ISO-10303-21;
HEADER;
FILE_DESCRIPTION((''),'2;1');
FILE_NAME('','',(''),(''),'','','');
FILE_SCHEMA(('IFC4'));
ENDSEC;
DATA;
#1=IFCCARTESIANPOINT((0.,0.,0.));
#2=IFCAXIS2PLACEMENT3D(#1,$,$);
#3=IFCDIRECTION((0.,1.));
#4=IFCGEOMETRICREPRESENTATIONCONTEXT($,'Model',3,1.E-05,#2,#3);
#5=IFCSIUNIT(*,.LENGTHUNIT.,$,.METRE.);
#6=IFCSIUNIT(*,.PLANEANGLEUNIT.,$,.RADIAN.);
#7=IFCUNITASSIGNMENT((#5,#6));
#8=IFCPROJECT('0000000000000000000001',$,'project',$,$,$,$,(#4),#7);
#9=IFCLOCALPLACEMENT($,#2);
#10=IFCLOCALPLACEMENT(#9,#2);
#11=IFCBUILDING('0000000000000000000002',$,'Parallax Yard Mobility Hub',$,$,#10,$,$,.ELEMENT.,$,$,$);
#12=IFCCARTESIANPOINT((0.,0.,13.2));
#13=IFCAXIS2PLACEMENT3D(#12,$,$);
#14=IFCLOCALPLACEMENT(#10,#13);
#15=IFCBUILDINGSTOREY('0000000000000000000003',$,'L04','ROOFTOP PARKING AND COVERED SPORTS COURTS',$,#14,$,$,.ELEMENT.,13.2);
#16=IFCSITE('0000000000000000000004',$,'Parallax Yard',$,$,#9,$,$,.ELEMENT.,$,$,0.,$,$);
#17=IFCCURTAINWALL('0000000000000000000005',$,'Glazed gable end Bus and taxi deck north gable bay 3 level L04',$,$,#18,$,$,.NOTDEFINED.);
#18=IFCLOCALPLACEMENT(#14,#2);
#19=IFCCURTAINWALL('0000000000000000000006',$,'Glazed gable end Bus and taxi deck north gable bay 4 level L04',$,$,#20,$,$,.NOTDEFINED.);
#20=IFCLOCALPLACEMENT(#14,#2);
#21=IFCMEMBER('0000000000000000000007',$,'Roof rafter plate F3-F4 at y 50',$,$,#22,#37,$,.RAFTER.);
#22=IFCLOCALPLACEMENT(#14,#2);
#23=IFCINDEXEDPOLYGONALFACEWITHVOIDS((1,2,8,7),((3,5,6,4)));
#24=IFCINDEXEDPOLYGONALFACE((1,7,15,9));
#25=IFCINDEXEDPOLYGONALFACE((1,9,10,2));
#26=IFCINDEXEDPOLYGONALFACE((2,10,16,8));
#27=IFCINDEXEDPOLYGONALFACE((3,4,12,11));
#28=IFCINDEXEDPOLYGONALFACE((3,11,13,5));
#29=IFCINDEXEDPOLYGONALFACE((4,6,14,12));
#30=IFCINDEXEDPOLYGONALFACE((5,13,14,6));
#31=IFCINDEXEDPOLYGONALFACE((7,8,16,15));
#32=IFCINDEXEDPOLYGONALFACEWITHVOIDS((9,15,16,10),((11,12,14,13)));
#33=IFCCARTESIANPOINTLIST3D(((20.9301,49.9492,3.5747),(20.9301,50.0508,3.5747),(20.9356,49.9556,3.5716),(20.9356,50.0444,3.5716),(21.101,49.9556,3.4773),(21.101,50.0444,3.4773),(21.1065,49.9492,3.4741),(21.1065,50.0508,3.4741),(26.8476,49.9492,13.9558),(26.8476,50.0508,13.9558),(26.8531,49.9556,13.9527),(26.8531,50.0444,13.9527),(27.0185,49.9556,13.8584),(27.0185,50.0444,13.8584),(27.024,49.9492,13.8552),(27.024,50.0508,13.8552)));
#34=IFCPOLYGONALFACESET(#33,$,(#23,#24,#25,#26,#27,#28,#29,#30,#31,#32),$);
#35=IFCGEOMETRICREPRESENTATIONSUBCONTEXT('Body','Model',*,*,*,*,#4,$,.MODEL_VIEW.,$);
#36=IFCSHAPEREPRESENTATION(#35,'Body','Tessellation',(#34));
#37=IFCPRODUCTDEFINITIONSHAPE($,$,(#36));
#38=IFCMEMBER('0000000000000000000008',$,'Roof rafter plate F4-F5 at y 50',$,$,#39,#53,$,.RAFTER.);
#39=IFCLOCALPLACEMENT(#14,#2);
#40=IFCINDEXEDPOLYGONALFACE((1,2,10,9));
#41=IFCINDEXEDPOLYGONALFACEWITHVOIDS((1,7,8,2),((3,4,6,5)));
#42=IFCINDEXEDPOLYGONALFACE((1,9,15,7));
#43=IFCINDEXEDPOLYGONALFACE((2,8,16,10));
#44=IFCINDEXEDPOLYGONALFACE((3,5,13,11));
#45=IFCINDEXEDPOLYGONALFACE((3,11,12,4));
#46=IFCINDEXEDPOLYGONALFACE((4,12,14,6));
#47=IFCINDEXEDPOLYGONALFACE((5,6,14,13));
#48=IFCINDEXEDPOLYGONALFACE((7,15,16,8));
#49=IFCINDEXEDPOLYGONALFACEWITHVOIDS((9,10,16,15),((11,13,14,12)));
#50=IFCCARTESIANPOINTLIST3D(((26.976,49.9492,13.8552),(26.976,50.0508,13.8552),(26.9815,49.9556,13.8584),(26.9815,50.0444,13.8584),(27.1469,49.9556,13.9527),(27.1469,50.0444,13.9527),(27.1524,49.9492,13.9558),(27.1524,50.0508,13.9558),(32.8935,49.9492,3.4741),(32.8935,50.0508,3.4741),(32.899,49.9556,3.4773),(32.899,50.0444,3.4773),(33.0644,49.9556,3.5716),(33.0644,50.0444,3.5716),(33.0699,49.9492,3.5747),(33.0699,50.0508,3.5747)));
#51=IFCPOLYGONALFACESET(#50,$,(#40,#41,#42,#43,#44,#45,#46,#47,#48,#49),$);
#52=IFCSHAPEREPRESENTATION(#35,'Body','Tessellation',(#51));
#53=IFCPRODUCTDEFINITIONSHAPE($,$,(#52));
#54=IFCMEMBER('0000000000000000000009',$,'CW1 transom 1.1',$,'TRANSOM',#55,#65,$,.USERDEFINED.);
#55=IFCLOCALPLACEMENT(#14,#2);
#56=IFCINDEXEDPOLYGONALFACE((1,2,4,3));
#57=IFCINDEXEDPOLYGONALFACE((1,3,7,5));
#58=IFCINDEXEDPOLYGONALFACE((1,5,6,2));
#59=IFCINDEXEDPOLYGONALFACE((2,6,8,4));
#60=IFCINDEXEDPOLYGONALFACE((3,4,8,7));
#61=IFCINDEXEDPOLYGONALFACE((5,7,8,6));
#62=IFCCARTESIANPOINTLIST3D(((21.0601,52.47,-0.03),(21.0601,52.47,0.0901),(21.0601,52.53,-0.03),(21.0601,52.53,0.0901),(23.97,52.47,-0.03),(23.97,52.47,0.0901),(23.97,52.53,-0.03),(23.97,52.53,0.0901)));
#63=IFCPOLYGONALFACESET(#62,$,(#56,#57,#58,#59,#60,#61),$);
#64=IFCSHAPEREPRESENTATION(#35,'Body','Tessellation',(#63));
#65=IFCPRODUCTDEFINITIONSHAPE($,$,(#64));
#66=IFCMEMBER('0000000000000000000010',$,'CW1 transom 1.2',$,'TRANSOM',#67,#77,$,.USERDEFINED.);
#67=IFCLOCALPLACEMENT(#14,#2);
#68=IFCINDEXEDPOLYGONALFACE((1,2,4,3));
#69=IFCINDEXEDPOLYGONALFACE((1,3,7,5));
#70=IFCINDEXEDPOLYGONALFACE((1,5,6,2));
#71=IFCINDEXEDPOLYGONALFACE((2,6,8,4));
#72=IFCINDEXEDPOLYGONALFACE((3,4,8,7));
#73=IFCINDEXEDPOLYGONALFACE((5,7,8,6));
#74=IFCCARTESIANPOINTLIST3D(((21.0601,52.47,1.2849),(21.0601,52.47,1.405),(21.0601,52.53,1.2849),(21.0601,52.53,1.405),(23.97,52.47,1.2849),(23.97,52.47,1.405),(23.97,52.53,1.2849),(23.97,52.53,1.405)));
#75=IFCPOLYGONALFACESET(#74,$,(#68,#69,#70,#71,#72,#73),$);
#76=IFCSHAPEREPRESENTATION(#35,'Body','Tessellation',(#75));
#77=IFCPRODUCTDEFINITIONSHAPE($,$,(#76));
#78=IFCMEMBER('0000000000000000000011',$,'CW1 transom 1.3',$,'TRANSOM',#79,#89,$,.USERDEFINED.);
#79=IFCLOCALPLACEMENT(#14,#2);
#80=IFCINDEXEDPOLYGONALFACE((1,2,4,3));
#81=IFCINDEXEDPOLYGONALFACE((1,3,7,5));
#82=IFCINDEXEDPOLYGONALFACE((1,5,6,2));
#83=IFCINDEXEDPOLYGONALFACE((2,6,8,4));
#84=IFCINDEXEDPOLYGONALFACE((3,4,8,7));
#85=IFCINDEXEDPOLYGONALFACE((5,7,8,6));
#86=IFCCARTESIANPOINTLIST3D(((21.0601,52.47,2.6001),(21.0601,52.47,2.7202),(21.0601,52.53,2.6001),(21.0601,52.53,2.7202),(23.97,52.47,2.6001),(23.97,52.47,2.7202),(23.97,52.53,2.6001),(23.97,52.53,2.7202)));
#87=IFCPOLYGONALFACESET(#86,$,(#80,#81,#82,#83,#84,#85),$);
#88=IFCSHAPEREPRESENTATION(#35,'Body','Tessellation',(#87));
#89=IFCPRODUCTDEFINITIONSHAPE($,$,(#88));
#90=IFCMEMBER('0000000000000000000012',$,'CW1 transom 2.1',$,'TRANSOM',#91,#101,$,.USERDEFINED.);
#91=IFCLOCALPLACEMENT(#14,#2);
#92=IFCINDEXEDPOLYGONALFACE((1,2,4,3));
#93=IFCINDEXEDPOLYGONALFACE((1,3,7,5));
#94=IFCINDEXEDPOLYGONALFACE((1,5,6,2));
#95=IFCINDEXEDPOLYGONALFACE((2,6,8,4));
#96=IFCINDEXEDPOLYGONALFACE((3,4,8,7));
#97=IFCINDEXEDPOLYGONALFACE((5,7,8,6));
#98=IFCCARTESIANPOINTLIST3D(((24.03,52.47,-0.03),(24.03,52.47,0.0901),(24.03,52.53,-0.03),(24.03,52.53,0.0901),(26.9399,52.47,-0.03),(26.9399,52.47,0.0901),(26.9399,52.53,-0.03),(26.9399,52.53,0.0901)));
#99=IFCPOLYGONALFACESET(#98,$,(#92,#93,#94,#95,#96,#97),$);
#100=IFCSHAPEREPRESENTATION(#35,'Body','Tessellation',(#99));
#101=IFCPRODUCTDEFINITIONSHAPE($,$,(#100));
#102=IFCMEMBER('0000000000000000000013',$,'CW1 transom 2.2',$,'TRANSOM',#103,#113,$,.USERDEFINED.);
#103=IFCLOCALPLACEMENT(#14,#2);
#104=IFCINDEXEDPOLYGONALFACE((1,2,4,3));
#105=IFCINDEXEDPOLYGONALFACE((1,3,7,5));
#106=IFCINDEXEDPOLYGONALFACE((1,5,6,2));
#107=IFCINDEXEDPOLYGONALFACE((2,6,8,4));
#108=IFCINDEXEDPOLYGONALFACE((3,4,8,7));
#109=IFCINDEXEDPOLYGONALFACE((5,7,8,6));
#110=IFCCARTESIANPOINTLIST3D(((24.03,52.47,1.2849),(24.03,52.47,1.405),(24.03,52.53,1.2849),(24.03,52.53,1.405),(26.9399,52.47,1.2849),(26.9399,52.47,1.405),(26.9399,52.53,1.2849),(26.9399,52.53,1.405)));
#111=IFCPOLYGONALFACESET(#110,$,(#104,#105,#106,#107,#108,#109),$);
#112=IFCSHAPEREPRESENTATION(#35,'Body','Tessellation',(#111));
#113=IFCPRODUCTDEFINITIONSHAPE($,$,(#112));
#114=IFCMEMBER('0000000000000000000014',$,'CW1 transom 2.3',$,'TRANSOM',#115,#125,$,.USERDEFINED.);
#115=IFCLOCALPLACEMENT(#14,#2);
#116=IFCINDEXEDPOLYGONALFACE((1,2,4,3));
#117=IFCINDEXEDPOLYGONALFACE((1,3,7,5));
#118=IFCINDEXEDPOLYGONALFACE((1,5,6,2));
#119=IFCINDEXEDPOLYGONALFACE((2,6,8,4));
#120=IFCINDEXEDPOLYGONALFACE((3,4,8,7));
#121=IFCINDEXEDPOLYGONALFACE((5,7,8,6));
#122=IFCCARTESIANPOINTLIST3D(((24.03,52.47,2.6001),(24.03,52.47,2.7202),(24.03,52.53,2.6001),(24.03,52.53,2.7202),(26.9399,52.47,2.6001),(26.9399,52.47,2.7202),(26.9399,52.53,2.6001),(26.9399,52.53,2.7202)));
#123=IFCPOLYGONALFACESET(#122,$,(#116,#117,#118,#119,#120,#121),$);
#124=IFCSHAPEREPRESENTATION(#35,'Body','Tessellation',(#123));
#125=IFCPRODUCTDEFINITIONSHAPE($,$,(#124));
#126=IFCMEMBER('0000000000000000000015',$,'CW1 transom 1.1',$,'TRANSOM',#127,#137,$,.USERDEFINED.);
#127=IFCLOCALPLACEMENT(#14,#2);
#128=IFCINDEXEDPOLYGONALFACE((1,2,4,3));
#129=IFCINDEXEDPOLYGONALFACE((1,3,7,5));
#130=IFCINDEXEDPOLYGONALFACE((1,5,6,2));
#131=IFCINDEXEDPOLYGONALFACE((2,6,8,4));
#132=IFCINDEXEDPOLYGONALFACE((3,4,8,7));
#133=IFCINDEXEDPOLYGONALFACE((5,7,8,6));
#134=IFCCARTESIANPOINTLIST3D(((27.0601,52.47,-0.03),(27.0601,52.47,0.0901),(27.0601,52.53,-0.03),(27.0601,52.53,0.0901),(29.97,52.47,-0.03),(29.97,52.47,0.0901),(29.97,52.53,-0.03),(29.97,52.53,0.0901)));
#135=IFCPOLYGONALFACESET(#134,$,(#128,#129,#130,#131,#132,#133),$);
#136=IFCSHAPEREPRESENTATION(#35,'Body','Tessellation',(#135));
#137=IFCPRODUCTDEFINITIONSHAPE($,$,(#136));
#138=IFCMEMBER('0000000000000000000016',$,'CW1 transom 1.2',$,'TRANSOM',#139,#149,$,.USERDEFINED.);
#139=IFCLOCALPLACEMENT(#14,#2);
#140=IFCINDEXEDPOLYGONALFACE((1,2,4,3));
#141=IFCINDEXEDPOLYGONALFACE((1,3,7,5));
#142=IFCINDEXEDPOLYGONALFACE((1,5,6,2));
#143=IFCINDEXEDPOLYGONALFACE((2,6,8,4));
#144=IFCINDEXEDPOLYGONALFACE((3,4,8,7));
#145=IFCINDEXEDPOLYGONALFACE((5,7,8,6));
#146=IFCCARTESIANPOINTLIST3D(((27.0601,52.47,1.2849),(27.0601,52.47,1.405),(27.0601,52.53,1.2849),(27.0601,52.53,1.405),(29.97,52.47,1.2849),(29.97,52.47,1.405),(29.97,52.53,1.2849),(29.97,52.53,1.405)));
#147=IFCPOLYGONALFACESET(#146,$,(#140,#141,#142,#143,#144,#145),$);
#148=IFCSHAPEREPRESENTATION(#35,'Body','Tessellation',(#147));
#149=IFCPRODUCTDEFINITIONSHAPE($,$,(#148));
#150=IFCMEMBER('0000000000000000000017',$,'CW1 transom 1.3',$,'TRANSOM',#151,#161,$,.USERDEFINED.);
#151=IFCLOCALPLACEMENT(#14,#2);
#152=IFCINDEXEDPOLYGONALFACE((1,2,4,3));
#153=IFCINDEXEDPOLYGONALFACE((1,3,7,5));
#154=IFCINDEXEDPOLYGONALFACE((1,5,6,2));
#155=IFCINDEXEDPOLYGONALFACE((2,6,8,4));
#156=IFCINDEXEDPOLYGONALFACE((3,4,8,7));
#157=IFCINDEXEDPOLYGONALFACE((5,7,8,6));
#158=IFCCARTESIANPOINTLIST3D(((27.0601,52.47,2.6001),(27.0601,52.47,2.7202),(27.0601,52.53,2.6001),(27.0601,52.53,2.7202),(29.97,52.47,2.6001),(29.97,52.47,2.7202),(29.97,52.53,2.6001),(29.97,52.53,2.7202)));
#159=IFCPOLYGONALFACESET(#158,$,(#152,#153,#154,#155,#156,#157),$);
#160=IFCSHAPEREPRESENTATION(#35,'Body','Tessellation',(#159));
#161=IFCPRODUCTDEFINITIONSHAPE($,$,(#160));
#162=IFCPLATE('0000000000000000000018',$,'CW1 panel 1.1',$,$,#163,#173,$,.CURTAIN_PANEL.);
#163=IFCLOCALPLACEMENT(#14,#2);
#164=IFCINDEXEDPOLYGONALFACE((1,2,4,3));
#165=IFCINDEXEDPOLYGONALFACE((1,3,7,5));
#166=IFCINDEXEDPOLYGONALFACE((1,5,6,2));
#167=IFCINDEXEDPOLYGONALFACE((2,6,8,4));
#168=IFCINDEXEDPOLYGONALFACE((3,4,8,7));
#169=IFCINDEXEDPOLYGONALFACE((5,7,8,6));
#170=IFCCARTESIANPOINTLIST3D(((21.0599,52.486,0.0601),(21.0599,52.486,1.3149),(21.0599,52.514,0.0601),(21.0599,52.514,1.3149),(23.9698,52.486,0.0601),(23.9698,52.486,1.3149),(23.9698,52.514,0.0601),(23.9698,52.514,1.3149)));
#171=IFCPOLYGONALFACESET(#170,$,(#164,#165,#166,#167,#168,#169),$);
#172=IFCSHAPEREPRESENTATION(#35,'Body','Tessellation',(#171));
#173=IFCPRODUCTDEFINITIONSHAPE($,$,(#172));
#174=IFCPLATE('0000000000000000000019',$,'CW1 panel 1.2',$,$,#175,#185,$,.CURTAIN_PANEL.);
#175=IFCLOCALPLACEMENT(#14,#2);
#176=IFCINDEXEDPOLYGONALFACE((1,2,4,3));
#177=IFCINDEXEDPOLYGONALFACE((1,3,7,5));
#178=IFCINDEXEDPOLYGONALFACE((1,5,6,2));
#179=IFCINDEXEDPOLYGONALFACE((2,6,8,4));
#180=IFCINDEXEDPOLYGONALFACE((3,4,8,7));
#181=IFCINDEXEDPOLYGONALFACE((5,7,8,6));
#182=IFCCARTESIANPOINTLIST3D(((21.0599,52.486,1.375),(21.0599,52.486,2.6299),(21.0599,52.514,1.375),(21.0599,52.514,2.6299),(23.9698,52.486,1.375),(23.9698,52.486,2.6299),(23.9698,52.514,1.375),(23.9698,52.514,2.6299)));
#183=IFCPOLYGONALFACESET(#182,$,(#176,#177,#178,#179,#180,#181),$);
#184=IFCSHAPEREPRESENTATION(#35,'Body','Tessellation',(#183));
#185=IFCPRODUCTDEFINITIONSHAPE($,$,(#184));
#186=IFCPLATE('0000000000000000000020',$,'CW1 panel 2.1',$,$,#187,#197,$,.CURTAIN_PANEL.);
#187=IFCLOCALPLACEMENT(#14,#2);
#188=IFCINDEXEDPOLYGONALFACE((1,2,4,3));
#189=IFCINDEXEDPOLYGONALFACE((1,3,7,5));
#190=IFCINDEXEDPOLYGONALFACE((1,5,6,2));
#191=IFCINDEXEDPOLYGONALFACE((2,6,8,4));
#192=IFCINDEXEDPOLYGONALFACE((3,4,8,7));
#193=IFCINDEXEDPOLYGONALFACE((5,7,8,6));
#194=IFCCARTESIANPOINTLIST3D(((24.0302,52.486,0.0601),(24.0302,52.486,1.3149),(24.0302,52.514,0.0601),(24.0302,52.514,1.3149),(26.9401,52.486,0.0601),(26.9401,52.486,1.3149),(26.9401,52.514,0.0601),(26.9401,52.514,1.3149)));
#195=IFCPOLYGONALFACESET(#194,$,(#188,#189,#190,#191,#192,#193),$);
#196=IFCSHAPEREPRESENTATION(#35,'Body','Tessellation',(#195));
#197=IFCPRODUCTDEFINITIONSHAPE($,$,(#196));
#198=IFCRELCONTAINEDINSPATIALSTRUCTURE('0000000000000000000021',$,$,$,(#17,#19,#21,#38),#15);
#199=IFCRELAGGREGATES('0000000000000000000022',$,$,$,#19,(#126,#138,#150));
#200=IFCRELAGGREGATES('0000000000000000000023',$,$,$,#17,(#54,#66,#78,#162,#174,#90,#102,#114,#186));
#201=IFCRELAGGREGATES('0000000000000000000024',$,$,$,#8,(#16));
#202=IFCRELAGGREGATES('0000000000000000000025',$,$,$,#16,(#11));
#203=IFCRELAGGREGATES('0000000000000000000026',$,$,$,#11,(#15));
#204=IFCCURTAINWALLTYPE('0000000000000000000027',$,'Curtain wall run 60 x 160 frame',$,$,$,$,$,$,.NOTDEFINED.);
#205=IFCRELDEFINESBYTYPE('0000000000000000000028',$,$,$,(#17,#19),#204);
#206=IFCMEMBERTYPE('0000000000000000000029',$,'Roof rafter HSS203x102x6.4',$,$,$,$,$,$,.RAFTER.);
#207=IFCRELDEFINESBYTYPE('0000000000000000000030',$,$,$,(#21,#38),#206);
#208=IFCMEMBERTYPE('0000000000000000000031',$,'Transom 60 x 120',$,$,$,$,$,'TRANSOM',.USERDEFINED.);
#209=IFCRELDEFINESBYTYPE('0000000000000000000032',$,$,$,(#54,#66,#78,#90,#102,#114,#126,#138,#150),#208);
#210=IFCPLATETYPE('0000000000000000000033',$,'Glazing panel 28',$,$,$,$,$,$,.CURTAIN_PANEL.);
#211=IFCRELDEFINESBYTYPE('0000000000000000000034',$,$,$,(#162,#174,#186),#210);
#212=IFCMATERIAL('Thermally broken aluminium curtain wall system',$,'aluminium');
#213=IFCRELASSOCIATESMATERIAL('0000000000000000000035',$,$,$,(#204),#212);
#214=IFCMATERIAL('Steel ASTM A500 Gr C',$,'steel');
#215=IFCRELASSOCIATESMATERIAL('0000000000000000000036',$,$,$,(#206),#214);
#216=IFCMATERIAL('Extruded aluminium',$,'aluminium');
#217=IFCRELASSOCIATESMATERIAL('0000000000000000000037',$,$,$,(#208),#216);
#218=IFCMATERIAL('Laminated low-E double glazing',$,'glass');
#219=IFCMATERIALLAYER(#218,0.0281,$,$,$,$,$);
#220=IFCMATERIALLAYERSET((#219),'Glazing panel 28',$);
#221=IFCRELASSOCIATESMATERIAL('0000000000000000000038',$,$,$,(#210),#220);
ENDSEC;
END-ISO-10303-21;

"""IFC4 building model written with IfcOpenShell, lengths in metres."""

from ifc_helpers import new_model, si_unit, direction, frame, origin, origin_2d, place, context, subcontext, project, spatial, rectangle, hollow_rectangle, extrude, material, layer, layer_set, material_profile, profile_set, type_object, element, aggregate, save


model = new_model("IFC4")

# Units and contexts
model_context = context("Model", 3, precision=1e-05, world=origin(), true_north=direction((0.0, 1.0)))
body_context = subcontext(model_context, "Body", "Model", "MODEL_VIEW")
ifc_project = project(units=[si_unit("LENGTHUNIT", "METRE"), si_unit("PLANEANGLEUNIT", "RADIAN")], contexts=[model_context])

# Site, building, storey
site_placement = place(None, origin())
site = spatial("IfcSite", under=ifc_project, at=site_placement, Name="Parallax Yard", CompositionType="ELEMENT", RefElevation=0.0)
building_placement = place(site_placement, origin())
building = spatial("IfcBuilding", under=site, at=building_placement, Name="Parallax Yard Mobility Hub", CompositionType="ELEMENT")
storey_placement = place(building_placement, frame((0.0, 0.0, 13.2)))
storey = spatial("IfcBuildingStorey", under=building, at=storey_placement, Name="L04", Description="ROOFTOP PARKING AND COVERED SPORTS COURTS", CompositionType="ELEMENT", Elevation=13.2)

# Shared definitions
ifc_material_1 = material(Name="Steel ASTM A500 Gr C", Category="steel")

# Shared definitions
ifc_material_2 = material(Name="Thermally broken aluminium curtain wall system", Category="aluminium")
curtain_wall_type = type_object("IfcCurtainWallType", Name="Curtain wall run 60 x 160 frame", PredefinedType="NOTDEFINED", material=ifc_material_2)
ifc_material_3 = material(Name="Extruded aluminium", Category="aluminium")

# Curtain wall
curtain_wall_1_placement = place(storey_placement, origin())
curtain_wall_1 = element("IfcCurtainWall", 1, at=curtain_wall_1_placement, inside=storey, type_object=curtain_wall_type, Name="Glazed gable end Bus and taxi deck north gable bay 3 level L04", PredefinedType="NOTDEFINED")

# Curtain wall
curtain_wall_2_placement = place(storey_placement, origin())
curtain_wall_2 = element("IfcCurtainWall", 2, at=curtain_wall_2_placement, inside=storey, type_object=curtain_wall_type, Name="Glazed gable end Bus and taxi deck north gable bay 4 level L04", PredefinedType="NOTDEFINED")

# Members
ifc_material_profile_1 = material_profile(ifc_material_1, hollow_rectangle(XDim=0.1016, YDim=0.2031, WallThickness=0.0063, at=origin_2d()), Name="HSS203x102x6.4")
ifc_profile_set_1 = profile_set([ifc_material_profile_1], Name="Steel ASTM A500 Gr C")
member_type_1 = type_object("IfcMemberType", Name="Roof rafter HSS203x102x6.4", PredefinedType="RAFTER", material=ifc_profile_set_1)
for number, where, z_axis, x_axis, name in (
    (3, (21.0183, 50.0, 3.5244), (0.495219, 0.0, 0.868768), (0.0, 1.0, 0.0), "Roof rafter plate F3-F4 at y 50"),
    (4, (27.0642, 50.0, 13.9055), (0.495219, 0.0, -0.868768), (0.0, 1.0, 0.0), "Roof rafter plate F4-F5 at y 50"),
):
    element("IfcMember", number, at=place(storey_placement, frame(where, z_axis=z_axis, x_axis=x_axis)), inside=storey, type_object=member_type_1, Name=name, PredefinedType="RAFTER", context=body_context, shape_type="SweptSolid", body=[
        extrude(hollow_rectangle(XDim=0.1016, YDim=0.2031, WallThickness=0.0063, at=origin_2d()), origin(), (0.0, 0.0, 1.0), 11.9492),
    ])

# Members
ifc_material_profile_2 = material_profile(ifc_material_3, rectangle(XDim=0.0601, YDim=0.1201, at=origin_2d()), Name="Transom 60 x 120")
ifc_profile_set_2 = profile_set([ifc_material_profile_2], Name="Extruded aluminium")
member_type_2 = type_object("IfcMemberType", Name="Transom 60 x 120", ElementType="TRANSOM", PredefinedType="USERDEFINED", material=ifc_profile_set_2)
member_1_placement = place(storey_placement, frame((21.0601, 52.5, 0.03), z_axis=(1.0, 0.0, 0.0), x_axis=(0.0, 1.0, 0.0)))
member_1 = element("IfcMember", 5, at=member_1_placement, type_object=member_type_2, Name="CW1 transom 1.1", ObjectType="TRANSOM", PredefinedType="USERDEFINED", context=body_context, shape_type="SweptSolid", body=[
    extrude(rectangle(XDim=0.0601, YDim=0.1201, at=origin_2d()), origin(), (0.0, 0.0, 1.0), 2.9099),
])
member_2_placement = place(storey_placement, frame((21.0601, 52.5, 1.345), z_axis=(1.0, 0.0, 0.0), x_axis=(0.0, 1.0, 0.0)))
member_2 = element("IfcMember", 6, at=member_2_placement, type_object=member_type_2, Name="CW1 transom 1.2", ObjectType="TRANSOM", PredefinedType="USERDEFINED", context=body_context, shape_type="SweptSolid", body=[
    extrude(rectangle(XDim=0.0601, YDim=0.1201, at=origin_2d()), origin(), (0.0, 0.0, 1.0), 2.9099),
])
member_3_placement = place(storey_placement, frame((21.0601, 52.5, 2.6602), z_axis=(1.0, 0.0, 0.0), x_axis=(0.0, 1.0, 0.0)))
member_3 = element("IfcMember", 7, at=member_3_placement, type_object=member_type_2, Name="CW1 transom 1.3", ObjectType="TRANSOM", PredefinedType="USERDEFINED", context=body_context, shape_type="SweptSolid", body=[
    extrude(rectangle(XDim=0.0601, YDim=0.1201, at=origin_2d()), origin(), (0.0, 0.0, 1.0), 2.9099),
])
member_4_placement = place(storey_placement, frame((24.03, 52.5, 0.03), z_axis=(1.0, 0.0, 0.0), x_axis=(0.0, 1.0, 0.0)))
member_4 = element("IfcMember", 8, at=member_4_placement, type_object=member_type_2, Name="CW1 transom 2.1", ObjectType="TRANSOM", PredefinedType="USERDEFINED", context=body_context, shape_type="SweptSolid", body=[
    extrude(rectangle(XDim=0.0601, YDim=0.1201, at=origin_2d()), origin(), (0.0, 0.0, 1.0), 2.9099),
])
member_5_placement = place(storey_placement, frame((24.03, 52.5, 1.345), z_axis=(1.0, 0.0, 0.0), x_axis=(0.0, 1.0, 0.0)))
member_5 = element("IfcMember", 9, at=member_5_placement, type_object=member_type_2, Name="CW1 transom 2.2", ObjectType="TRANSOM", PredefinedType="USERDEFINED", context=body_context, shape_type="SweptSolid", body=[
    extrude(rectangle(XDim=0.0601, YDim=0.1201, at=origin_2d()), origin(), (0.0, 0.0, 1.0), 2.9099),
])
member_6_placement = place(storey_placement, frame((24.03, 52.5, 2.6602), z_axis=(1.0, 0.0, 0.0), x_axis=(0.0, 1.0, 0.0)))
member_6 = element("IfcMember", 10, at=member_6_placement, type_object=member_type_2, Name="CW1 transom 2.3", ObjectType="TRANSOM", PredefinedType="USERDEFINED", context=body_context, shape_type="SweptSolid", body=[
    extrude(rectangle(XDim=0.0601, YDim=0.1201, at=origin_2d()), origin(), (0.0, 0.0, 1.0), 2.9099),
])
member_7_placement = place(storey_placement, frame((27.0601, 52.5, 0.03), z_axis=(1.0, 0.0, 0.0), x_axis=(0.0, 1.0, 0.0)))
member_7 = element("IfcMember", 11, at=member_7_placement, type_object=member_type_2, Name="CW1 transom 1.1", ObjectType="TRANSOM", PredefinedType="USERDEFINED", context=body_context, shape_type="SweptSolid", body=[
    extrude(rectangle(XDim=0.0601, YDim=0.1201, at=origin_2d()), origin(), (0.0, 0.0, 1.0), 2.9099),
])
member_8_placement = place(storey_placement, frame((27.0601, 52.5, 1.345), z_axis=(1.0, 0.0, 0.0), x_axis=(0.0, 1.0, 0.0)))
member_8 = element("IfcMember", 12, at=member_8_placement, type_object=member_type_2, Name="CW1 transom 1.2", ObjectType="TRANSOM", PredefinedType="USERDEFINED", context=body_context, shape_type="SweptSolid", body=[
    extrude(rectangle(XDim=0.0601, YDim=0.1201, at=origin_2d()), origin(), (0.0, 0.0, 1.0), 2.9099),
])
member_9_placement = place(storey_placement, frame((27.0601, 52.5, 2.6602), z_axis=(1.0, 0.0, 0.0), x_axis=(0.0, 1.0, 0.0)))
member_9 = element("IfcMember", 13, at=member_9_placement, type_object=member_type_2, Name="CW1 transom 1.3", ObjectType="TRANSOM", PredefinedType="USERDEFINED", context=body_context, shape_type="SweptSolid", body=[
    extrude(rectangle(XDim=0.0601, YDim=0.1201, at=origin_2d()), origin(), (0.0, 0.0, 1.0), 2.9099),
])
aggregate(curtain_wall_2, [member_7, member_8, member_9])

# Plates
ifc_material_4 = material(Name="Laminated low-E double glazing", Category="glass")
ifc_layer_1 = layer(ifc_material_4, 0.0281)
ifc_layer_set_1 = layer_set([ifc_layer_1], Name="Glazing panel 28")
plate_type = type_object("IfcPlateType", Name="Glazing panel 28", PredefinedType="CURTAIN_PANEL", material=ifc_layer_set_1)
plate_1_placement = place(storey_placement, frame((22.5149, 52.5, 0.0601), z_axis=(0.0, 0.0, 1.0), x_axis=(1.0, 0.0, 0.0)))
plate_1 = element("IfcPlate", 14, at=plate_1_placement, type_object=plate_type, Name="CW1 panel 1.1", PredefinedType="CURTAIN_PANEL", context=body_context, shape_type="SweptSolid", body=[
    extrude(rectangle(XDim=2.9099, YDim=0.0281, at=origin_2d()), origin(), (0.0, 0.0, 1.0), 1.2549),
])
plate_2_placement = place(storey_placement, frame((22.5149, 52.5, 1.375), z_axis=(0.0, 0.0, 1.0), x_axis=(1.0, 0.0, 0.0)))
plate_2 = element("IfcPlate", 15, at=plate_2_placement, type_object=plate_type, Name="CW1 panel 1.2", PredefinedType="CURTAIN_PANEL", context=body_context, shape_type="SweptSolid", body=[
    extrude(rectangle(XDim=2.9099, YDim=0.0281, at=origin_2d()), origin(), (0.0, 0.0, 1.0), 1.2549),
])
plate_3_placement = place(storey_placement, frame((25.4851, 52.5, 0.0601), z_axis=(0.0, 0.0, 1.0), x_axis=(1.0, 0.0, 0.0)))
plate_3 = element("IfcPlate", 16, at=plate_3_placement, type_object=plate_type, Name="CW1 panel 2.1", PredefinedType="CURTAIN_PANEL", context=body_context, shape_type="SweptSolid", body=[
    extrude(rectangle(XDim=2.9099, YDim=0.0281, at=origin_2d()), origin(), (0.0, 0.0, 1.0), 1.2549),
])
aggregate(curtain_wall_1, [member_1, member_2, member_3, plate_1, plate_2, member_4, member_5, member_6, plate_3])

save(model, "model.ifc")
